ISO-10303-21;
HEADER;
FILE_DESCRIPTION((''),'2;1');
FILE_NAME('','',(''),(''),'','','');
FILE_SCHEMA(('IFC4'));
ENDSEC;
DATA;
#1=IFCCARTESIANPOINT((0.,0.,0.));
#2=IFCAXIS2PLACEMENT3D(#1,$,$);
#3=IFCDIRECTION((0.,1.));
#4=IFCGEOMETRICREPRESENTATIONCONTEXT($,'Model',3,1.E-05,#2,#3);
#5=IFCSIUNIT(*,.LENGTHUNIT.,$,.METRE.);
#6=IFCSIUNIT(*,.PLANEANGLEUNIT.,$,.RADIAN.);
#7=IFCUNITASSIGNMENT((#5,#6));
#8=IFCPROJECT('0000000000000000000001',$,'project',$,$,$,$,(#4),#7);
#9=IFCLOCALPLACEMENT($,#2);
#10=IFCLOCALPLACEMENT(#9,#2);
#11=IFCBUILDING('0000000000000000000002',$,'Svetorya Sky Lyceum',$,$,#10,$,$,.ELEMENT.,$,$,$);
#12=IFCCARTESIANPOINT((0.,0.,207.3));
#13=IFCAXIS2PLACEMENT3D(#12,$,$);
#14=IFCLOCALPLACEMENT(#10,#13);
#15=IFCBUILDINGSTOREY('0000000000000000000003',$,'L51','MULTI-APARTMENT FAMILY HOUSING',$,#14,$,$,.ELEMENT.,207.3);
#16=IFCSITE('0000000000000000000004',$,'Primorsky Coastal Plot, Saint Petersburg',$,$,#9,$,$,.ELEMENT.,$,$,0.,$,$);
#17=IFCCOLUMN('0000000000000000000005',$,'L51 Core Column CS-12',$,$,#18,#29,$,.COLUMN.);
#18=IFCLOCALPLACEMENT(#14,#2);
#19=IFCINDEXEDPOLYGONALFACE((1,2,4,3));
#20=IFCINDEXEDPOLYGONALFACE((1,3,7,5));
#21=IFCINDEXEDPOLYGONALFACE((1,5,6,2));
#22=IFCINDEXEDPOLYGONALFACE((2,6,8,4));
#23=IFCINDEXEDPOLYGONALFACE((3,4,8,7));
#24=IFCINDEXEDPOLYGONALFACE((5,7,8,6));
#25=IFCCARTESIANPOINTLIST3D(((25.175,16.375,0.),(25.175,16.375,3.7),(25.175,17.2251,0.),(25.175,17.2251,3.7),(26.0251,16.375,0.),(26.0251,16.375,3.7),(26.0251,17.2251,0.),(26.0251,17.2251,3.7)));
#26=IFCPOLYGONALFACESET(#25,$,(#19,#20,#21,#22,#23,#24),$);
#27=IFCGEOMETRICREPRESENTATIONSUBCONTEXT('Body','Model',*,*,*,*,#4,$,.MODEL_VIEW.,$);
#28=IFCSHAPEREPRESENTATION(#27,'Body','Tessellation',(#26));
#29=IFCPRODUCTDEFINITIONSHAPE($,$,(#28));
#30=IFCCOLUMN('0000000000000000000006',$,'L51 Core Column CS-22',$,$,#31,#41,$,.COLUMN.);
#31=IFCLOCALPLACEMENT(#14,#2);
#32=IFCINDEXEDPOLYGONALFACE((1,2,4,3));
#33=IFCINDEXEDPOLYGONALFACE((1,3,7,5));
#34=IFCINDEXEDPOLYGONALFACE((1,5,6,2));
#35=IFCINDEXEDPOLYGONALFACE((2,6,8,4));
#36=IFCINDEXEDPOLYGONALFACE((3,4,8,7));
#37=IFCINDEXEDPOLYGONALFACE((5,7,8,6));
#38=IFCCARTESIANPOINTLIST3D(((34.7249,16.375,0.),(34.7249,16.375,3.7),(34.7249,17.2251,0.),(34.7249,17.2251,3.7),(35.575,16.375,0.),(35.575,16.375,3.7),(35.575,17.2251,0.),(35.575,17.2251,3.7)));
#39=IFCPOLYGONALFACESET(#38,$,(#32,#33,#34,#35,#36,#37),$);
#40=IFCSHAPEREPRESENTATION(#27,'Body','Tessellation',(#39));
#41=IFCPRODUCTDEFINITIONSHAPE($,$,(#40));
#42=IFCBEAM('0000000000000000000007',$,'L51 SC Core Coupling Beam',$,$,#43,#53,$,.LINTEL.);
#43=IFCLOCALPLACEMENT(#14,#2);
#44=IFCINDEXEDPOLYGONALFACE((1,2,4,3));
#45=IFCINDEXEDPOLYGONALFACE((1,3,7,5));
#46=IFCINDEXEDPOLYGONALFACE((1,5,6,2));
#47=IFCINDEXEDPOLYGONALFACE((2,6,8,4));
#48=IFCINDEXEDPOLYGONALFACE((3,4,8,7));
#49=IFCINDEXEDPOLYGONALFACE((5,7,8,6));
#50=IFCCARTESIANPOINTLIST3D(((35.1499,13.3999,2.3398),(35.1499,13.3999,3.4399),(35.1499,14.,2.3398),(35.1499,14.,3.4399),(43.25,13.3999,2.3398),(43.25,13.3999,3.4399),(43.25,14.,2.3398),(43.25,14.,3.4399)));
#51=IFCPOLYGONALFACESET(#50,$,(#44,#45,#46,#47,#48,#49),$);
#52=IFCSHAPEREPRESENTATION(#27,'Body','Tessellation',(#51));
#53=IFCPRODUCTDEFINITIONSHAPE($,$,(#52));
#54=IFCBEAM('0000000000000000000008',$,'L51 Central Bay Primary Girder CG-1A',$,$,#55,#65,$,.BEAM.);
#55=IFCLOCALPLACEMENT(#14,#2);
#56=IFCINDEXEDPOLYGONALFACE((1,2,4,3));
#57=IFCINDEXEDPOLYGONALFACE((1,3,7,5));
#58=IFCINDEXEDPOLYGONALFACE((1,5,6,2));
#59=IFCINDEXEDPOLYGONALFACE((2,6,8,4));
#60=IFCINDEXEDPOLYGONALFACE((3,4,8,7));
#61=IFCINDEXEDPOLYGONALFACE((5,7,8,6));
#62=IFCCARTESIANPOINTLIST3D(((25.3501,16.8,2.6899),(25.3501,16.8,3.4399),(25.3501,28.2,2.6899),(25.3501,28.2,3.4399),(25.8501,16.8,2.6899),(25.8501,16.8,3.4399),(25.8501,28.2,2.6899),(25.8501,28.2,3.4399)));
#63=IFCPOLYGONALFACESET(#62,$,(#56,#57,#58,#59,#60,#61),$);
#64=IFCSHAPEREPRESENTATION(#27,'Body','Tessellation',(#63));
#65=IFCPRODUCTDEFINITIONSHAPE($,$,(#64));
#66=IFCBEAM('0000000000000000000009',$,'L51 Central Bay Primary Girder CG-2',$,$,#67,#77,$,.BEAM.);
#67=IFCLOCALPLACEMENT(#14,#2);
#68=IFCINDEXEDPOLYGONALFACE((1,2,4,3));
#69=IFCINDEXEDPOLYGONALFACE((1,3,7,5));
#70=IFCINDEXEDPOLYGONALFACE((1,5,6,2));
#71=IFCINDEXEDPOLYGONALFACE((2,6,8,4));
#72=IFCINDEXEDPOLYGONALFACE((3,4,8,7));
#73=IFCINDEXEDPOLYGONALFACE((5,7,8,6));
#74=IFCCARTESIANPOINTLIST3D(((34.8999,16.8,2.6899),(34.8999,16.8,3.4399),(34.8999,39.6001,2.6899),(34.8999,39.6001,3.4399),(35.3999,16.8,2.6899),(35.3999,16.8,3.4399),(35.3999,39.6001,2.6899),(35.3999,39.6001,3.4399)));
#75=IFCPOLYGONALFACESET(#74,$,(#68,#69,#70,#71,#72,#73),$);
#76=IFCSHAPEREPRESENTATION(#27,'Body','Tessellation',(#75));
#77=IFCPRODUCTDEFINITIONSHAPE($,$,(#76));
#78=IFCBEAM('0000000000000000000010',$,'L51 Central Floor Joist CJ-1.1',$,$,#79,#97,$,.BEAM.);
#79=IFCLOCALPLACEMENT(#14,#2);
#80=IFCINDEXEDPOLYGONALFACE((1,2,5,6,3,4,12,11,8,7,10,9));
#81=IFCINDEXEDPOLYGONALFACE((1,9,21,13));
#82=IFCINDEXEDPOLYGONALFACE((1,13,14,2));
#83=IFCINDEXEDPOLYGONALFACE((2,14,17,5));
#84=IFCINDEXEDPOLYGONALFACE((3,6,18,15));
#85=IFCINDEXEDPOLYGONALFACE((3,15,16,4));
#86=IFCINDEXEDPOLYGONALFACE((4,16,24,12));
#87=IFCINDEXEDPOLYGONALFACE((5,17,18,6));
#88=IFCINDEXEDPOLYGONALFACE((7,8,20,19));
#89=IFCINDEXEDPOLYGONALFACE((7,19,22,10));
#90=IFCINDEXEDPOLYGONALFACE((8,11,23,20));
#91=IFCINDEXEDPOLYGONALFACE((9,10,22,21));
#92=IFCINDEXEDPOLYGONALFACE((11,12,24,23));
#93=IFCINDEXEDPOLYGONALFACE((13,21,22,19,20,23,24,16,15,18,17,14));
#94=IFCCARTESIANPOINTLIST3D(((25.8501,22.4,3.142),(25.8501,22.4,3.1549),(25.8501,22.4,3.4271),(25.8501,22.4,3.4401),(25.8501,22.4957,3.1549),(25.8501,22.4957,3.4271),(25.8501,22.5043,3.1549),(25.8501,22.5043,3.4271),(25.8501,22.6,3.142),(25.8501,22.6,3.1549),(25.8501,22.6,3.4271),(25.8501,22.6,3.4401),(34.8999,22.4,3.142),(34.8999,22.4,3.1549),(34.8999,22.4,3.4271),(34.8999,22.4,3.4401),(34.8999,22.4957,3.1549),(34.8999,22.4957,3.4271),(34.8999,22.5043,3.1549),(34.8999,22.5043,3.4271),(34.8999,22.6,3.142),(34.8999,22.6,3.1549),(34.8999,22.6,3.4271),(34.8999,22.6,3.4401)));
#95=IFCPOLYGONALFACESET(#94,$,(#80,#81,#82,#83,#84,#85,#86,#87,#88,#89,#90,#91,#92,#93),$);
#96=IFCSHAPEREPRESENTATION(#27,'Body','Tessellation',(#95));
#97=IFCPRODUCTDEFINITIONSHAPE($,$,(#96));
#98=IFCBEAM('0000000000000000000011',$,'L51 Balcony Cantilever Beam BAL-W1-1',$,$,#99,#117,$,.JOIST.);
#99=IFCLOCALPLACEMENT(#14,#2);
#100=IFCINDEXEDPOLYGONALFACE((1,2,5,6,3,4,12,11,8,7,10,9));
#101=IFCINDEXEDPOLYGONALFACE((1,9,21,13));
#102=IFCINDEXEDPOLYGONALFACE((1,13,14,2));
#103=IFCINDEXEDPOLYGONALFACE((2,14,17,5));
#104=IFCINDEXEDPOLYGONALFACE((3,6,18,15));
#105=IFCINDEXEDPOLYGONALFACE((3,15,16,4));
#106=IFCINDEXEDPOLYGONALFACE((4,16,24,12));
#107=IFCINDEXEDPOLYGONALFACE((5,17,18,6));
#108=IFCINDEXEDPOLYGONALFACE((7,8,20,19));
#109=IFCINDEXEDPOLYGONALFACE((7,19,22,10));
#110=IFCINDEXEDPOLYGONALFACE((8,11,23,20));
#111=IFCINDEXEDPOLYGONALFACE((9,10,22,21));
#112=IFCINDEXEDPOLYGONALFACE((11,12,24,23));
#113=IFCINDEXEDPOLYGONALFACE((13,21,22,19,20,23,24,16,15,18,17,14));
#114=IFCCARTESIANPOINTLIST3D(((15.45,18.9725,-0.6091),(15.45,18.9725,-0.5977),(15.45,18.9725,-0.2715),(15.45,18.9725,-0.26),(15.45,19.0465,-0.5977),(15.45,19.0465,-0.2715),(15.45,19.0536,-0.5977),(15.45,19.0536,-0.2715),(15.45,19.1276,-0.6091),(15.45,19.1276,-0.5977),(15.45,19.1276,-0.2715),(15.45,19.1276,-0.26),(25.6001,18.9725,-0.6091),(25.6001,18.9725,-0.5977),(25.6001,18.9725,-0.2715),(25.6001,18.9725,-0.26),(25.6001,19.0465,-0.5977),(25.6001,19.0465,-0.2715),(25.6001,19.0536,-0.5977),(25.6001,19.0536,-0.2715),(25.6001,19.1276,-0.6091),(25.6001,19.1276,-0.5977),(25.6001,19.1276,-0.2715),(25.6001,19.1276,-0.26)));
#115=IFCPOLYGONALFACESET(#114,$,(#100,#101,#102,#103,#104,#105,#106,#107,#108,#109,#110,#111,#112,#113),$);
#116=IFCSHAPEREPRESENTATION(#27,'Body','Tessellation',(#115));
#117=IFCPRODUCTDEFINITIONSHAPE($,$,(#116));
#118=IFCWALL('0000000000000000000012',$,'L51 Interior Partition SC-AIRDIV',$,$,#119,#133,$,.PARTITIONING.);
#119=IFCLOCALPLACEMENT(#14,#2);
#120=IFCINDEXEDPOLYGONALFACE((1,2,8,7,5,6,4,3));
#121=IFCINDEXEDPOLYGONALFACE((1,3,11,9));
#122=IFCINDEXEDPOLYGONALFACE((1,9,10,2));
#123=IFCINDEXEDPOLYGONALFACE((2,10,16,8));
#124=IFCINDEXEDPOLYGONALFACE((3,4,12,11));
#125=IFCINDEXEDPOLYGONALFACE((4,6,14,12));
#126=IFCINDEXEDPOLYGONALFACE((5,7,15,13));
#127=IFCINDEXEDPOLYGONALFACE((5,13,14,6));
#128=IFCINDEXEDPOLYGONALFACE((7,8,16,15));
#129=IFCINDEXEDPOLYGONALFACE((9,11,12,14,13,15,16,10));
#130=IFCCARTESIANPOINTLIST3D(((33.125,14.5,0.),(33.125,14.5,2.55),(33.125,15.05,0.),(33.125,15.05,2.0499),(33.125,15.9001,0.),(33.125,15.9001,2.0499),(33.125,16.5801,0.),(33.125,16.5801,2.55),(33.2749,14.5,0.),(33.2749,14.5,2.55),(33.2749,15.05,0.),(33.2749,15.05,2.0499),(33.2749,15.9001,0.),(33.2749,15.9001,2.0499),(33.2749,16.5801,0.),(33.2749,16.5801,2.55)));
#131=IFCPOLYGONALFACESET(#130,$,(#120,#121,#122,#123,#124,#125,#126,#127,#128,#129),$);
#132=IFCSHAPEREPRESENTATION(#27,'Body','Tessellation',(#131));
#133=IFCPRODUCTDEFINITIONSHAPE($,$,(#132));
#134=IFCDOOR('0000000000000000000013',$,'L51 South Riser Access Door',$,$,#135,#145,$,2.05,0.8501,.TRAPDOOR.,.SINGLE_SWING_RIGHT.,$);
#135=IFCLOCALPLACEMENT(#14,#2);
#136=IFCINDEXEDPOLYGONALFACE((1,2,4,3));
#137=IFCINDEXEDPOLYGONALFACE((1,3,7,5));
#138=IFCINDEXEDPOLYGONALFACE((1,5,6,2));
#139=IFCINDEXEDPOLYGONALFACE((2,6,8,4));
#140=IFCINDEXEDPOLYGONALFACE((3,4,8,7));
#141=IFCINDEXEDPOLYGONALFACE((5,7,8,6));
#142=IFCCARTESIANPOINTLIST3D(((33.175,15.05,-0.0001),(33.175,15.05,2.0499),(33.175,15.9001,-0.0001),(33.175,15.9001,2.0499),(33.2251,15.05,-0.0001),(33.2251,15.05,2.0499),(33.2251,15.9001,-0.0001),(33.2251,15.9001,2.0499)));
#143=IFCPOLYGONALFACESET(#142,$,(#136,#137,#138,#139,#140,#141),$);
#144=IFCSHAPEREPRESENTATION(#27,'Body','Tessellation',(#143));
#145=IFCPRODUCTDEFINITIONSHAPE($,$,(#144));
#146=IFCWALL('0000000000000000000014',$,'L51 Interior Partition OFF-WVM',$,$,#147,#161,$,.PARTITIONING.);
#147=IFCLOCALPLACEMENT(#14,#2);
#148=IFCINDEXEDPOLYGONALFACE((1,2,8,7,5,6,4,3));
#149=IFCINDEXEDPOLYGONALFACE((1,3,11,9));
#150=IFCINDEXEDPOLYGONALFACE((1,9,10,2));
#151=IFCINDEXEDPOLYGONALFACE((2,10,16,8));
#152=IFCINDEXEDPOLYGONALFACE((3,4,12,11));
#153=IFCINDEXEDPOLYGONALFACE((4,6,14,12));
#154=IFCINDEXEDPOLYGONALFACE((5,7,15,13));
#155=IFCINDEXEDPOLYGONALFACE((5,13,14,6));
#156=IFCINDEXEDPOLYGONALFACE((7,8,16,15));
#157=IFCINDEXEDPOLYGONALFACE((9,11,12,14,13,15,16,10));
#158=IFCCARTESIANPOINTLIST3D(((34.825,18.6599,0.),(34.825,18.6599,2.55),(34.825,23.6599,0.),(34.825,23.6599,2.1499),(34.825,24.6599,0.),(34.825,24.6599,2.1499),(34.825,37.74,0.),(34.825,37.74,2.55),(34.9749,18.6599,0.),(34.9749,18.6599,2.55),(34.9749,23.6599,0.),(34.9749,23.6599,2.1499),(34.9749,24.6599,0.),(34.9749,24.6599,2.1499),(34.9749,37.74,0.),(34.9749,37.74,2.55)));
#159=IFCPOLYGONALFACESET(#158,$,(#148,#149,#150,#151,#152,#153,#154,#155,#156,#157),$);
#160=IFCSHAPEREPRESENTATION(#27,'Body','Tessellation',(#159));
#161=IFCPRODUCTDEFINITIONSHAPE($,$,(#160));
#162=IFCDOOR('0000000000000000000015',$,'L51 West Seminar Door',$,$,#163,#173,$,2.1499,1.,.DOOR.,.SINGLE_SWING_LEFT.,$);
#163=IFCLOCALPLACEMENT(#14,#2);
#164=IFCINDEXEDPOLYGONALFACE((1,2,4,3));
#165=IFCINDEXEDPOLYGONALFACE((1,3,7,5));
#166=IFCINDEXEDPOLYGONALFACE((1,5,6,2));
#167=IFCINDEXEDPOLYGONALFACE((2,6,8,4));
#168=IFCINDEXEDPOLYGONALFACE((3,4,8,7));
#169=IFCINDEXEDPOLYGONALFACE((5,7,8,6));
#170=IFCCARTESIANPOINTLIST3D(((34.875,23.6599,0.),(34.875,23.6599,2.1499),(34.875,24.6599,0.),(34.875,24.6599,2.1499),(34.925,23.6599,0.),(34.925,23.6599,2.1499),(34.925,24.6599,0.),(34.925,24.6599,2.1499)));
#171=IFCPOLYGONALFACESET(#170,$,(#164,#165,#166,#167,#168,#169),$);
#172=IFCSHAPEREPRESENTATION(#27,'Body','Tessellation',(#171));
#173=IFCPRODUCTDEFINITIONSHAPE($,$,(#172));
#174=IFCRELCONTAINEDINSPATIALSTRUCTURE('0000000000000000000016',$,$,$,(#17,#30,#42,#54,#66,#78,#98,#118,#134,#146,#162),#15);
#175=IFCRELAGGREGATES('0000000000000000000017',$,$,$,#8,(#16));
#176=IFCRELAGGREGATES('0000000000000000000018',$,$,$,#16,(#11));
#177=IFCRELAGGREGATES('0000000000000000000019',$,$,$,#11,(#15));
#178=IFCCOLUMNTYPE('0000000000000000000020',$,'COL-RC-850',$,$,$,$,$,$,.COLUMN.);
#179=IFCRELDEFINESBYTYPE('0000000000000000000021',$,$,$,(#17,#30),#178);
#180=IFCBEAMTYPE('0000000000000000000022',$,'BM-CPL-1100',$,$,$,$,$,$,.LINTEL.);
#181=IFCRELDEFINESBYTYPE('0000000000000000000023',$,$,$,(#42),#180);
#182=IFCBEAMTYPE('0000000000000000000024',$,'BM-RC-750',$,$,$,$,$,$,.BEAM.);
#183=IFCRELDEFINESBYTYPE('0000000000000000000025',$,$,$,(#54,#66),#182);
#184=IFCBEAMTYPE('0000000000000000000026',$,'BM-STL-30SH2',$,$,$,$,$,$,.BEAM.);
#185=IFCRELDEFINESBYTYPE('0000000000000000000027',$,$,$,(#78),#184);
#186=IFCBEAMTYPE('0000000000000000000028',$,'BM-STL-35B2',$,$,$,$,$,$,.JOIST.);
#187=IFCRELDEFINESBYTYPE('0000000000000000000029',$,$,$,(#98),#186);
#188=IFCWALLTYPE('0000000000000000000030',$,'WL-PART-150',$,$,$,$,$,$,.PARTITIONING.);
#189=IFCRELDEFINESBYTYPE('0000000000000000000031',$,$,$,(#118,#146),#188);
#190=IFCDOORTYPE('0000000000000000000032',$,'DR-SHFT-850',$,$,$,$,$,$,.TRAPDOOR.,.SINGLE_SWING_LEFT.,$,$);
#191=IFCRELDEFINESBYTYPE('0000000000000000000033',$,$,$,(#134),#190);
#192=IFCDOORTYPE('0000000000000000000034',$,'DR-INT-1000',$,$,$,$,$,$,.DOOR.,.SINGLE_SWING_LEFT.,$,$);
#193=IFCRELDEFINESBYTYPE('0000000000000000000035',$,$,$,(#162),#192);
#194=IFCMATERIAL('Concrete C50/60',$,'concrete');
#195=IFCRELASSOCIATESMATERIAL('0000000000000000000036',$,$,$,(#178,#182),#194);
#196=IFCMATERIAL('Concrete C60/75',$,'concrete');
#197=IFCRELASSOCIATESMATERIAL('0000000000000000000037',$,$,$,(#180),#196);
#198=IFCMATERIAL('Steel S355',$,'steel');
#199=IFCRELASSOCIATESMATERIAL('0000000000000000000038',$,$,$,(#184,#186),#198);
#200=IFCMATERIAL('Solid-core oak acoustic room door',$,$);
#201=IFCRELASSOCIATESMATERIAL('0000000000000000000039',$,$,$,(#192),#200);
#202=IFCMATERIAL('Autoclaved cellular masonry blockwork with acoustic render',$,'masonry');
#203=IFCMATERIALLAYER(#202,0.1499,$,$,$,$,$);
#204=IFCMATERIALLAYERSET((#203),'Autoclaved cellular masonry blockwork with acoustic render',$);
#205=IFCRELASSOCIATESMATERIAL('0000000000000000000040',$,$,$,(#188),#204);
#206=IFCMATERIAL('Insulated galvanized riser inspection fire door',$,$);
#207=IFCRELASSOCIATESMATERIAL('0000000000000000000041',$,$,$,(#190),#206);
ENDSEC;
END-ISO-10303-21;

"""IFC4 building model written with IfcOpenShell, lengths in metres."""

from ifc_helpers import new_model, si_unit, direction, frame, frame_2d, origin, origin_2d, place, context, subcontext, project, spatial, rectangle, i_section, extrude, material, layer, layer_set, material_profile, profile_set, type_object, element, fill, save


model = new_model("IFC4")

# Units and contexts
model_context = context("Model", 3, precision=1e-05, world=origin(), true_north=direction((0.0, 1.0)))
body_context = subcontext(model_context, "Body", "Model", "MODEL_VIEW")
ifc_project = project(units=[si_unit("LENGTHUNIT", "METRE"), si_unit("PLANEANGLEUNIT", "RADIAN")], contexts=[model_context])

# Site, building, storey
site_placement = place(None, origin())
site = spatial("IfcSite", under=ifc_project, at=site_placement, Name="Primorsky Coastal Plot, Saint Petersburg", CompositionType="ELEMENT", RefElevation=0.0)
building_placement = place(site_placement, origin())
building = spatial("IfcBuilding", under=site, at=building_placement, Name="Svetorya Sky Lyceum", CompositionType="ELEMENT")
storey_placement = place(building_placement, frame((0.0, 0.0, 207.3)))
storey = spatial("IfcBuildingStorey", under=building, at=storey_placement, Name="L51", Description="MULTI-APARTMENT FAMILY HOUSING", CompositionType="ELEMENT", Elevation=207.3)

# Columns
ifc_material_1 = material(Name="Concrete C50/60", Category="concrete")
ifc_material_profile_1 = material_profile(ifc_material_1, rectangle(XDim=0.8501, YDim=0.8501, at=origin_2d()), Name="RC COL 850x850")
ifc_profile_set_1 = profile_set([ifc_material_profile_1], Name="Concrete C50/60")
column_type = type_object("IfcColumnType", Name="COL-RC-850", PredefinedType="COLUMN", material=ifc_profile_set_1)
for number, where, z_axis, x_axis, name in (
    (1, (25.6001, 16.8, 0.0), (0.0, 0.0, 1.0), (1.0, 0.0, 0.0), "L51 Core Column CS-12"),
    (2, (35.1499, 16.8, 0.0), (0.0, 0.0, 1.0), (1.0, 0.0, 0.0), "L51 Core Column CS-22"),
):
    element("IfcColumn", number, at=place(storey_placement, frame(where, z_axis=z_axis, x_axis=x_axis)), inside=storey, type_object=column_type, Name=name, PredefinedType="COLUMN", context=body_context, shape_type="SweptSolid", body=[
        extrude(rectangle(XDim=0.8501, YDim=0.8501, at=origin_2d()), origin(), (0.0, 0.0, 1.0), 3.7),
    ])

# Beams
ifc_material_2 = material(Name="Concrete C60/75", Category="concrete")
ifc_material_profile_2 = material_profile(ifc_material_2, rectangle(XDim=0.6001, YDim=1.1001, at=origin_2d()), Name="RC COUPLING 600x1100")
ifc_profile_set_2 = profile_set([ifc_material_profile_2], Name="Concrete C60/75")
beam_type_1 = type_object("IfcBeamType", Name="BM-CPL-1100", PredefinedType="LINTEL", material=ifc_profile_set_2)
beam_1_placement = place(storey_placement, frame((35.1499, 13.7, 2.8899), z_axis=(1.0, 0.0, 0.0), x_axis=(0.0, 1.0, 0.0)))
element("IfcBeam", 3, at=beam_1_placement, inside=storey, type_object=beam_type_1, Name="L51 SC Core Coupling Beam", PredefinedType="LINTEL", context=body_context, shape_type="SweptSolid", body=[
    extrude(rectangle(XDim=0.6001, YDim=1.1001, at=origin_2d()), origin(), (0.0, 0.0, 1.0), 8.1001),
])
ifc_material_profile_3 = material_profile(ifc_material_1, rectangle(XDim=0.5, YDim=0.75, at=origin_2d()), Name="RC BEAM 500x750")
ifc_profile_set_3 = profile_set([ifc_material_profile_3], Name="Concrete C50/60")
beam_type_2 = type_object("IfcBeamType", Name="BM-RC-750", PredefinedType="BEAM", material=ifc_profile_set_3)
beam_2_placement = place(storey_placement, frame((25.6001, 16.8, 3.0649), z_axis=(0.0, 1.0, 0.0), x_axis=(-1.0, 0.0, 0.0)))
element("IfcBeam", 4, at=beam_2_placement, inside=storey, type_object=beam_type_2, Name="L51 Central Bay Primary Girder CG-1A", PredefinedType="BEAM", context=body_context, shape_type="SweptSolid", body=[
    extrude(rectangle(XDim=0.5, YDim=0.75, at=origin_2d()), origin(), (0.0, 0.0, 1.0), 11.3999),
])
beam_3_placement = place(storey_placement, frame((35.1499, 16.8, 3.0649), z_axis=(0.0, 1.0, 0.0), x_axis=(-1.0, 0.0, 0.0)))
element("IfcBeam", 5, at=beam_3_placement, inside=storey, type_object=beam_type_2, Name="L51 Central Bay Primary Girder CG-2", PredefinedType="BEAM", context=body_context, shape_type="SweptSolid", body=[
    extrude(rectangle(XDim=0.5, YDim=0.75, at=origin_2d()), origin(), (0.0, 0.0, 1.0), 22.8),
])
ifc_material_3 = material(Name="Steel S355", Category="steel")
ifc_material_profile_4 = material_profile(ifc_material_3, i_section(OverallWidth=0.2, OverallDepth=0.2981, WebThickness=0.0085, FlangeThickness=0.0129, at=origin_2d()), Name="GOST 30Sh2")
ifc_profile_set_4 = profile_set([ifc_material_profile_4], Name="Steel S355")
beam_type_3 = type_object("IfcBeamType", Name="BM-STL-30SH2", PredefinedType="BEAM", material=ifc_profile_set_4)
beam_4_placement = place(storey_placement, frame((25.8501, 22.5, 3.291), z_axis=(1.0, 0.0, 0.0), x_axis=(0.0, 1.0, 0.0)))
element("IfcBeam", 6, at=beam_4_placement, inside=storey, type_object=beam_type_3, Name="L51 Central Floor Joist CJ-1.1", PredefinedType="BEAM", context=body_context, shape_type="SweptSolid", body=[
    extrude(i_section(OverallWidth=0.2, OverallDepth=0.2981, WebThickness=0.0085, FlangeThickness=0.0129, at=origin_2d()), origin(), (0.0, 0.0, 1.0), 9.0498),
])
ifc_material_profile_5 = material_profile(ifc_material_3, i_section(OverallWidth=0.155, OverallDepth=0.3491, WebThickness=0.0071, FlangeThickness=0.0115, at=origin_2d()), Name="GOST 35B2")
ifc_profile_set_5 = profile_set([ifc_material_profile_5], Name="Steel S355")
beam_type_4 = type_object("IfcBeamType", Name="BM-STL-35B2", PredefinedType="JOIST", material=ifc_profile_set_5)
beam_5_placement = place(storey_placement, frame((25.6001, 19.05, -0.4346), z_axis=(-1.0, 0.0, 0.0), x_axis=(0.0, -1.0, 0.0)))
element("IfcBeam", 7, at=beam_5_placement, inside=storey, type_object=beam_type_4, Name="L51 Balcony Cantilever Beam BAL-W1-1", PredefinedType="JOIST", context=body_context, shape_type="SweptSolid", body=[
    extrude(i_section(OverallWidth=0.155, OverallDepth=0.3491, WebThickness=0.0071, FlangeThickness=0.0115, at=origin_2d()), origin(), (0.0, 0.0, 1.0), 10.1501),
])

# Shared definitions
ifc_material_4 = material(Name="Solid-core oak acoustic room door")
door_type_1 = type_object("IfcDoorType", Name="DR-INT-1000", OperationType="SINGLE_SWING_LEFT", PredefinedType="DOOR", material=ifc_material_4)

# Walls, openings, doors
ifc_material_5 = material(Name="Autoclaved cellular masonry blockwork with acoustic render", Category="masonry")
ifc_layer_1 = layer(ifc_material_5, 0.1499)
ifc_layer_set_1 = layer_set([ifc_layer_1], Name="Autoclaved cellular masonry blockwork with acoustic render")
wall_type_1 = type_object("IfcWallType", Name="WL-PART-150", PredefinedType="PARTITIONING", material=ifc_layer_set_1)
wall_1_placement = place(storey_placement, frame((33.2, 14.5, 0.0), z_axis=(0.0, 0.0, 1.0), x_axis=(0.0, 1.0, 0.0)))
wall_1 = element("IfcWall", 8, at=wall_1_placement, inside=storey, type_object=wall_type_1, Name="L51 Interior Partition SC-AIRDIV", PredefinedType="PARTITIONING", context=body_context, shape_type="SweptSolid", body=[
    extrude(rectangle(XDim=2.0801, YDim=0.1499, at=frame_2d((1.04, 0.0))), origin(), (0.0, 0.0, 1.0), 2.55),
])
opening_1_placement = place(wall_1_placement, frame((0.55, 0.0, 0.0)))
opening_1 = element("IfcOpeningElement", 9, at=opening_1_placement, cuts=wall_1, PredefinedType="OPENING", context=body_context, shape_type="SweptSolid", body=[
    extrude(rectangle(XDim=0.8501, YDim=2.05, at=frame_2d((0.425, 1.0249))), frame((0.0, 0.085, 0.0), z_axis=(0.0, -1.0, 0.0), x_axis=(1.0, 0.0, 0.0)), (0.0, 0.0, 1.0), 0.1699),
])
ifc_material_6 = material(Name="Insulated galvanized riser inspection fire door")
door_type_2 = type_object("IfcDoorType", Name="DR-SHFT-850", OperationType="SINGLE_SWING_LEFT", PredefinedType="TRAPDOOR", material=ifc_material_6)
door_1_placement = place(opening_1_placement, origin())
door_1 = element("IfcDoor", 10, at=door_1_placement, inside=storey, type_object=door_type_2, Name="L51 South Riser Access Door", OperationType="SINGLE_SWING_RIGHT", OverallHeight=2.05, OverallWidth=0.8501, PredefinedType="TRAPDOOR", context=body_context, shape_type="SweptSolid", body=[
    extrude(rectangle(XDim=0.8501, YDim=2.05, at=frame_2d((0.425, 1.0249))), frame((0.0, 0.0249, 0.0), z_axis=(0.0, -1.0, 0.0), x_axis=(1.0, 0.0, 0.0)), (0.0, 0.0, 1.0), 0.05),
])
fill(opening_1, door_1)
wall_2_placement = place(storey_placement, frame((34.8999, 18.6599, 0.0), z_axis=(0.0, 0.0, 1.0), x_axis=(0.0, 1.0, 0.0)))
wall_2 = element("IfcWall", 11, at=wall_2_placement, inside=storey, type_object=wall_type_1, Name="L51 Interior Partition OFF-WVM", PredefinedType="PARTITIONING", context=body_context, shape_type="SweptSolid", body=[
    extrude(rectangle(XDim=19.0801, YDim=0.1499, at=frame_2d((9.54, 0.0))), origin(), (0.0, 0.0, 1.0), 2.55),
])
opening_2_placement = place(wall_2_placement, frame((5.0, 0.0, 0.0)))
opening_2 = element("IfcOpeningElement", 12, at=opening_2_placement, cuts=wall_2, PredefinedType="OPENING", context=body_context, shape_type="SweptSolid", body=[
    extrude(rectangle(XDim=1.0, YDim=2.1499, at=frame_2d((0.5, 1.075))), frame((0.0, 0.085, 0.0), z_axis=(0.0, -1.0, 0.0), x_axis=(1.0, 0.0, 0.0)), (0.0, 0.0, 1.0), 0.1699),
])
door_2_placement = place(opening_2_placement, origin())
door_2 = element("IfcDoor", 13, at=door_2_placement, inside=storey, type_object=door_type_1, Name="L51 West Seminar Door", OperationType="SINGLE_SWING_LEFT", OverallHeight=2.1499, OverallWidth=1.0, PredefinedType="DOOR", context=body_context, shape_type="SweptSolid", body=[
    extrude(rectangle(XDim=1.0, YDim=2.1499, at=frame_2d((0.5, 1.075))), frame((0.0, 0.0249, 0.0), z_axis=(0.0, -1.0, 0.0), x_axis=(1.0, 0.0, 0.0)), (0.0, 0.0, 1.0), 0.05),
])
fill(opening_2, door_2)

save(model, "model.ifc")
